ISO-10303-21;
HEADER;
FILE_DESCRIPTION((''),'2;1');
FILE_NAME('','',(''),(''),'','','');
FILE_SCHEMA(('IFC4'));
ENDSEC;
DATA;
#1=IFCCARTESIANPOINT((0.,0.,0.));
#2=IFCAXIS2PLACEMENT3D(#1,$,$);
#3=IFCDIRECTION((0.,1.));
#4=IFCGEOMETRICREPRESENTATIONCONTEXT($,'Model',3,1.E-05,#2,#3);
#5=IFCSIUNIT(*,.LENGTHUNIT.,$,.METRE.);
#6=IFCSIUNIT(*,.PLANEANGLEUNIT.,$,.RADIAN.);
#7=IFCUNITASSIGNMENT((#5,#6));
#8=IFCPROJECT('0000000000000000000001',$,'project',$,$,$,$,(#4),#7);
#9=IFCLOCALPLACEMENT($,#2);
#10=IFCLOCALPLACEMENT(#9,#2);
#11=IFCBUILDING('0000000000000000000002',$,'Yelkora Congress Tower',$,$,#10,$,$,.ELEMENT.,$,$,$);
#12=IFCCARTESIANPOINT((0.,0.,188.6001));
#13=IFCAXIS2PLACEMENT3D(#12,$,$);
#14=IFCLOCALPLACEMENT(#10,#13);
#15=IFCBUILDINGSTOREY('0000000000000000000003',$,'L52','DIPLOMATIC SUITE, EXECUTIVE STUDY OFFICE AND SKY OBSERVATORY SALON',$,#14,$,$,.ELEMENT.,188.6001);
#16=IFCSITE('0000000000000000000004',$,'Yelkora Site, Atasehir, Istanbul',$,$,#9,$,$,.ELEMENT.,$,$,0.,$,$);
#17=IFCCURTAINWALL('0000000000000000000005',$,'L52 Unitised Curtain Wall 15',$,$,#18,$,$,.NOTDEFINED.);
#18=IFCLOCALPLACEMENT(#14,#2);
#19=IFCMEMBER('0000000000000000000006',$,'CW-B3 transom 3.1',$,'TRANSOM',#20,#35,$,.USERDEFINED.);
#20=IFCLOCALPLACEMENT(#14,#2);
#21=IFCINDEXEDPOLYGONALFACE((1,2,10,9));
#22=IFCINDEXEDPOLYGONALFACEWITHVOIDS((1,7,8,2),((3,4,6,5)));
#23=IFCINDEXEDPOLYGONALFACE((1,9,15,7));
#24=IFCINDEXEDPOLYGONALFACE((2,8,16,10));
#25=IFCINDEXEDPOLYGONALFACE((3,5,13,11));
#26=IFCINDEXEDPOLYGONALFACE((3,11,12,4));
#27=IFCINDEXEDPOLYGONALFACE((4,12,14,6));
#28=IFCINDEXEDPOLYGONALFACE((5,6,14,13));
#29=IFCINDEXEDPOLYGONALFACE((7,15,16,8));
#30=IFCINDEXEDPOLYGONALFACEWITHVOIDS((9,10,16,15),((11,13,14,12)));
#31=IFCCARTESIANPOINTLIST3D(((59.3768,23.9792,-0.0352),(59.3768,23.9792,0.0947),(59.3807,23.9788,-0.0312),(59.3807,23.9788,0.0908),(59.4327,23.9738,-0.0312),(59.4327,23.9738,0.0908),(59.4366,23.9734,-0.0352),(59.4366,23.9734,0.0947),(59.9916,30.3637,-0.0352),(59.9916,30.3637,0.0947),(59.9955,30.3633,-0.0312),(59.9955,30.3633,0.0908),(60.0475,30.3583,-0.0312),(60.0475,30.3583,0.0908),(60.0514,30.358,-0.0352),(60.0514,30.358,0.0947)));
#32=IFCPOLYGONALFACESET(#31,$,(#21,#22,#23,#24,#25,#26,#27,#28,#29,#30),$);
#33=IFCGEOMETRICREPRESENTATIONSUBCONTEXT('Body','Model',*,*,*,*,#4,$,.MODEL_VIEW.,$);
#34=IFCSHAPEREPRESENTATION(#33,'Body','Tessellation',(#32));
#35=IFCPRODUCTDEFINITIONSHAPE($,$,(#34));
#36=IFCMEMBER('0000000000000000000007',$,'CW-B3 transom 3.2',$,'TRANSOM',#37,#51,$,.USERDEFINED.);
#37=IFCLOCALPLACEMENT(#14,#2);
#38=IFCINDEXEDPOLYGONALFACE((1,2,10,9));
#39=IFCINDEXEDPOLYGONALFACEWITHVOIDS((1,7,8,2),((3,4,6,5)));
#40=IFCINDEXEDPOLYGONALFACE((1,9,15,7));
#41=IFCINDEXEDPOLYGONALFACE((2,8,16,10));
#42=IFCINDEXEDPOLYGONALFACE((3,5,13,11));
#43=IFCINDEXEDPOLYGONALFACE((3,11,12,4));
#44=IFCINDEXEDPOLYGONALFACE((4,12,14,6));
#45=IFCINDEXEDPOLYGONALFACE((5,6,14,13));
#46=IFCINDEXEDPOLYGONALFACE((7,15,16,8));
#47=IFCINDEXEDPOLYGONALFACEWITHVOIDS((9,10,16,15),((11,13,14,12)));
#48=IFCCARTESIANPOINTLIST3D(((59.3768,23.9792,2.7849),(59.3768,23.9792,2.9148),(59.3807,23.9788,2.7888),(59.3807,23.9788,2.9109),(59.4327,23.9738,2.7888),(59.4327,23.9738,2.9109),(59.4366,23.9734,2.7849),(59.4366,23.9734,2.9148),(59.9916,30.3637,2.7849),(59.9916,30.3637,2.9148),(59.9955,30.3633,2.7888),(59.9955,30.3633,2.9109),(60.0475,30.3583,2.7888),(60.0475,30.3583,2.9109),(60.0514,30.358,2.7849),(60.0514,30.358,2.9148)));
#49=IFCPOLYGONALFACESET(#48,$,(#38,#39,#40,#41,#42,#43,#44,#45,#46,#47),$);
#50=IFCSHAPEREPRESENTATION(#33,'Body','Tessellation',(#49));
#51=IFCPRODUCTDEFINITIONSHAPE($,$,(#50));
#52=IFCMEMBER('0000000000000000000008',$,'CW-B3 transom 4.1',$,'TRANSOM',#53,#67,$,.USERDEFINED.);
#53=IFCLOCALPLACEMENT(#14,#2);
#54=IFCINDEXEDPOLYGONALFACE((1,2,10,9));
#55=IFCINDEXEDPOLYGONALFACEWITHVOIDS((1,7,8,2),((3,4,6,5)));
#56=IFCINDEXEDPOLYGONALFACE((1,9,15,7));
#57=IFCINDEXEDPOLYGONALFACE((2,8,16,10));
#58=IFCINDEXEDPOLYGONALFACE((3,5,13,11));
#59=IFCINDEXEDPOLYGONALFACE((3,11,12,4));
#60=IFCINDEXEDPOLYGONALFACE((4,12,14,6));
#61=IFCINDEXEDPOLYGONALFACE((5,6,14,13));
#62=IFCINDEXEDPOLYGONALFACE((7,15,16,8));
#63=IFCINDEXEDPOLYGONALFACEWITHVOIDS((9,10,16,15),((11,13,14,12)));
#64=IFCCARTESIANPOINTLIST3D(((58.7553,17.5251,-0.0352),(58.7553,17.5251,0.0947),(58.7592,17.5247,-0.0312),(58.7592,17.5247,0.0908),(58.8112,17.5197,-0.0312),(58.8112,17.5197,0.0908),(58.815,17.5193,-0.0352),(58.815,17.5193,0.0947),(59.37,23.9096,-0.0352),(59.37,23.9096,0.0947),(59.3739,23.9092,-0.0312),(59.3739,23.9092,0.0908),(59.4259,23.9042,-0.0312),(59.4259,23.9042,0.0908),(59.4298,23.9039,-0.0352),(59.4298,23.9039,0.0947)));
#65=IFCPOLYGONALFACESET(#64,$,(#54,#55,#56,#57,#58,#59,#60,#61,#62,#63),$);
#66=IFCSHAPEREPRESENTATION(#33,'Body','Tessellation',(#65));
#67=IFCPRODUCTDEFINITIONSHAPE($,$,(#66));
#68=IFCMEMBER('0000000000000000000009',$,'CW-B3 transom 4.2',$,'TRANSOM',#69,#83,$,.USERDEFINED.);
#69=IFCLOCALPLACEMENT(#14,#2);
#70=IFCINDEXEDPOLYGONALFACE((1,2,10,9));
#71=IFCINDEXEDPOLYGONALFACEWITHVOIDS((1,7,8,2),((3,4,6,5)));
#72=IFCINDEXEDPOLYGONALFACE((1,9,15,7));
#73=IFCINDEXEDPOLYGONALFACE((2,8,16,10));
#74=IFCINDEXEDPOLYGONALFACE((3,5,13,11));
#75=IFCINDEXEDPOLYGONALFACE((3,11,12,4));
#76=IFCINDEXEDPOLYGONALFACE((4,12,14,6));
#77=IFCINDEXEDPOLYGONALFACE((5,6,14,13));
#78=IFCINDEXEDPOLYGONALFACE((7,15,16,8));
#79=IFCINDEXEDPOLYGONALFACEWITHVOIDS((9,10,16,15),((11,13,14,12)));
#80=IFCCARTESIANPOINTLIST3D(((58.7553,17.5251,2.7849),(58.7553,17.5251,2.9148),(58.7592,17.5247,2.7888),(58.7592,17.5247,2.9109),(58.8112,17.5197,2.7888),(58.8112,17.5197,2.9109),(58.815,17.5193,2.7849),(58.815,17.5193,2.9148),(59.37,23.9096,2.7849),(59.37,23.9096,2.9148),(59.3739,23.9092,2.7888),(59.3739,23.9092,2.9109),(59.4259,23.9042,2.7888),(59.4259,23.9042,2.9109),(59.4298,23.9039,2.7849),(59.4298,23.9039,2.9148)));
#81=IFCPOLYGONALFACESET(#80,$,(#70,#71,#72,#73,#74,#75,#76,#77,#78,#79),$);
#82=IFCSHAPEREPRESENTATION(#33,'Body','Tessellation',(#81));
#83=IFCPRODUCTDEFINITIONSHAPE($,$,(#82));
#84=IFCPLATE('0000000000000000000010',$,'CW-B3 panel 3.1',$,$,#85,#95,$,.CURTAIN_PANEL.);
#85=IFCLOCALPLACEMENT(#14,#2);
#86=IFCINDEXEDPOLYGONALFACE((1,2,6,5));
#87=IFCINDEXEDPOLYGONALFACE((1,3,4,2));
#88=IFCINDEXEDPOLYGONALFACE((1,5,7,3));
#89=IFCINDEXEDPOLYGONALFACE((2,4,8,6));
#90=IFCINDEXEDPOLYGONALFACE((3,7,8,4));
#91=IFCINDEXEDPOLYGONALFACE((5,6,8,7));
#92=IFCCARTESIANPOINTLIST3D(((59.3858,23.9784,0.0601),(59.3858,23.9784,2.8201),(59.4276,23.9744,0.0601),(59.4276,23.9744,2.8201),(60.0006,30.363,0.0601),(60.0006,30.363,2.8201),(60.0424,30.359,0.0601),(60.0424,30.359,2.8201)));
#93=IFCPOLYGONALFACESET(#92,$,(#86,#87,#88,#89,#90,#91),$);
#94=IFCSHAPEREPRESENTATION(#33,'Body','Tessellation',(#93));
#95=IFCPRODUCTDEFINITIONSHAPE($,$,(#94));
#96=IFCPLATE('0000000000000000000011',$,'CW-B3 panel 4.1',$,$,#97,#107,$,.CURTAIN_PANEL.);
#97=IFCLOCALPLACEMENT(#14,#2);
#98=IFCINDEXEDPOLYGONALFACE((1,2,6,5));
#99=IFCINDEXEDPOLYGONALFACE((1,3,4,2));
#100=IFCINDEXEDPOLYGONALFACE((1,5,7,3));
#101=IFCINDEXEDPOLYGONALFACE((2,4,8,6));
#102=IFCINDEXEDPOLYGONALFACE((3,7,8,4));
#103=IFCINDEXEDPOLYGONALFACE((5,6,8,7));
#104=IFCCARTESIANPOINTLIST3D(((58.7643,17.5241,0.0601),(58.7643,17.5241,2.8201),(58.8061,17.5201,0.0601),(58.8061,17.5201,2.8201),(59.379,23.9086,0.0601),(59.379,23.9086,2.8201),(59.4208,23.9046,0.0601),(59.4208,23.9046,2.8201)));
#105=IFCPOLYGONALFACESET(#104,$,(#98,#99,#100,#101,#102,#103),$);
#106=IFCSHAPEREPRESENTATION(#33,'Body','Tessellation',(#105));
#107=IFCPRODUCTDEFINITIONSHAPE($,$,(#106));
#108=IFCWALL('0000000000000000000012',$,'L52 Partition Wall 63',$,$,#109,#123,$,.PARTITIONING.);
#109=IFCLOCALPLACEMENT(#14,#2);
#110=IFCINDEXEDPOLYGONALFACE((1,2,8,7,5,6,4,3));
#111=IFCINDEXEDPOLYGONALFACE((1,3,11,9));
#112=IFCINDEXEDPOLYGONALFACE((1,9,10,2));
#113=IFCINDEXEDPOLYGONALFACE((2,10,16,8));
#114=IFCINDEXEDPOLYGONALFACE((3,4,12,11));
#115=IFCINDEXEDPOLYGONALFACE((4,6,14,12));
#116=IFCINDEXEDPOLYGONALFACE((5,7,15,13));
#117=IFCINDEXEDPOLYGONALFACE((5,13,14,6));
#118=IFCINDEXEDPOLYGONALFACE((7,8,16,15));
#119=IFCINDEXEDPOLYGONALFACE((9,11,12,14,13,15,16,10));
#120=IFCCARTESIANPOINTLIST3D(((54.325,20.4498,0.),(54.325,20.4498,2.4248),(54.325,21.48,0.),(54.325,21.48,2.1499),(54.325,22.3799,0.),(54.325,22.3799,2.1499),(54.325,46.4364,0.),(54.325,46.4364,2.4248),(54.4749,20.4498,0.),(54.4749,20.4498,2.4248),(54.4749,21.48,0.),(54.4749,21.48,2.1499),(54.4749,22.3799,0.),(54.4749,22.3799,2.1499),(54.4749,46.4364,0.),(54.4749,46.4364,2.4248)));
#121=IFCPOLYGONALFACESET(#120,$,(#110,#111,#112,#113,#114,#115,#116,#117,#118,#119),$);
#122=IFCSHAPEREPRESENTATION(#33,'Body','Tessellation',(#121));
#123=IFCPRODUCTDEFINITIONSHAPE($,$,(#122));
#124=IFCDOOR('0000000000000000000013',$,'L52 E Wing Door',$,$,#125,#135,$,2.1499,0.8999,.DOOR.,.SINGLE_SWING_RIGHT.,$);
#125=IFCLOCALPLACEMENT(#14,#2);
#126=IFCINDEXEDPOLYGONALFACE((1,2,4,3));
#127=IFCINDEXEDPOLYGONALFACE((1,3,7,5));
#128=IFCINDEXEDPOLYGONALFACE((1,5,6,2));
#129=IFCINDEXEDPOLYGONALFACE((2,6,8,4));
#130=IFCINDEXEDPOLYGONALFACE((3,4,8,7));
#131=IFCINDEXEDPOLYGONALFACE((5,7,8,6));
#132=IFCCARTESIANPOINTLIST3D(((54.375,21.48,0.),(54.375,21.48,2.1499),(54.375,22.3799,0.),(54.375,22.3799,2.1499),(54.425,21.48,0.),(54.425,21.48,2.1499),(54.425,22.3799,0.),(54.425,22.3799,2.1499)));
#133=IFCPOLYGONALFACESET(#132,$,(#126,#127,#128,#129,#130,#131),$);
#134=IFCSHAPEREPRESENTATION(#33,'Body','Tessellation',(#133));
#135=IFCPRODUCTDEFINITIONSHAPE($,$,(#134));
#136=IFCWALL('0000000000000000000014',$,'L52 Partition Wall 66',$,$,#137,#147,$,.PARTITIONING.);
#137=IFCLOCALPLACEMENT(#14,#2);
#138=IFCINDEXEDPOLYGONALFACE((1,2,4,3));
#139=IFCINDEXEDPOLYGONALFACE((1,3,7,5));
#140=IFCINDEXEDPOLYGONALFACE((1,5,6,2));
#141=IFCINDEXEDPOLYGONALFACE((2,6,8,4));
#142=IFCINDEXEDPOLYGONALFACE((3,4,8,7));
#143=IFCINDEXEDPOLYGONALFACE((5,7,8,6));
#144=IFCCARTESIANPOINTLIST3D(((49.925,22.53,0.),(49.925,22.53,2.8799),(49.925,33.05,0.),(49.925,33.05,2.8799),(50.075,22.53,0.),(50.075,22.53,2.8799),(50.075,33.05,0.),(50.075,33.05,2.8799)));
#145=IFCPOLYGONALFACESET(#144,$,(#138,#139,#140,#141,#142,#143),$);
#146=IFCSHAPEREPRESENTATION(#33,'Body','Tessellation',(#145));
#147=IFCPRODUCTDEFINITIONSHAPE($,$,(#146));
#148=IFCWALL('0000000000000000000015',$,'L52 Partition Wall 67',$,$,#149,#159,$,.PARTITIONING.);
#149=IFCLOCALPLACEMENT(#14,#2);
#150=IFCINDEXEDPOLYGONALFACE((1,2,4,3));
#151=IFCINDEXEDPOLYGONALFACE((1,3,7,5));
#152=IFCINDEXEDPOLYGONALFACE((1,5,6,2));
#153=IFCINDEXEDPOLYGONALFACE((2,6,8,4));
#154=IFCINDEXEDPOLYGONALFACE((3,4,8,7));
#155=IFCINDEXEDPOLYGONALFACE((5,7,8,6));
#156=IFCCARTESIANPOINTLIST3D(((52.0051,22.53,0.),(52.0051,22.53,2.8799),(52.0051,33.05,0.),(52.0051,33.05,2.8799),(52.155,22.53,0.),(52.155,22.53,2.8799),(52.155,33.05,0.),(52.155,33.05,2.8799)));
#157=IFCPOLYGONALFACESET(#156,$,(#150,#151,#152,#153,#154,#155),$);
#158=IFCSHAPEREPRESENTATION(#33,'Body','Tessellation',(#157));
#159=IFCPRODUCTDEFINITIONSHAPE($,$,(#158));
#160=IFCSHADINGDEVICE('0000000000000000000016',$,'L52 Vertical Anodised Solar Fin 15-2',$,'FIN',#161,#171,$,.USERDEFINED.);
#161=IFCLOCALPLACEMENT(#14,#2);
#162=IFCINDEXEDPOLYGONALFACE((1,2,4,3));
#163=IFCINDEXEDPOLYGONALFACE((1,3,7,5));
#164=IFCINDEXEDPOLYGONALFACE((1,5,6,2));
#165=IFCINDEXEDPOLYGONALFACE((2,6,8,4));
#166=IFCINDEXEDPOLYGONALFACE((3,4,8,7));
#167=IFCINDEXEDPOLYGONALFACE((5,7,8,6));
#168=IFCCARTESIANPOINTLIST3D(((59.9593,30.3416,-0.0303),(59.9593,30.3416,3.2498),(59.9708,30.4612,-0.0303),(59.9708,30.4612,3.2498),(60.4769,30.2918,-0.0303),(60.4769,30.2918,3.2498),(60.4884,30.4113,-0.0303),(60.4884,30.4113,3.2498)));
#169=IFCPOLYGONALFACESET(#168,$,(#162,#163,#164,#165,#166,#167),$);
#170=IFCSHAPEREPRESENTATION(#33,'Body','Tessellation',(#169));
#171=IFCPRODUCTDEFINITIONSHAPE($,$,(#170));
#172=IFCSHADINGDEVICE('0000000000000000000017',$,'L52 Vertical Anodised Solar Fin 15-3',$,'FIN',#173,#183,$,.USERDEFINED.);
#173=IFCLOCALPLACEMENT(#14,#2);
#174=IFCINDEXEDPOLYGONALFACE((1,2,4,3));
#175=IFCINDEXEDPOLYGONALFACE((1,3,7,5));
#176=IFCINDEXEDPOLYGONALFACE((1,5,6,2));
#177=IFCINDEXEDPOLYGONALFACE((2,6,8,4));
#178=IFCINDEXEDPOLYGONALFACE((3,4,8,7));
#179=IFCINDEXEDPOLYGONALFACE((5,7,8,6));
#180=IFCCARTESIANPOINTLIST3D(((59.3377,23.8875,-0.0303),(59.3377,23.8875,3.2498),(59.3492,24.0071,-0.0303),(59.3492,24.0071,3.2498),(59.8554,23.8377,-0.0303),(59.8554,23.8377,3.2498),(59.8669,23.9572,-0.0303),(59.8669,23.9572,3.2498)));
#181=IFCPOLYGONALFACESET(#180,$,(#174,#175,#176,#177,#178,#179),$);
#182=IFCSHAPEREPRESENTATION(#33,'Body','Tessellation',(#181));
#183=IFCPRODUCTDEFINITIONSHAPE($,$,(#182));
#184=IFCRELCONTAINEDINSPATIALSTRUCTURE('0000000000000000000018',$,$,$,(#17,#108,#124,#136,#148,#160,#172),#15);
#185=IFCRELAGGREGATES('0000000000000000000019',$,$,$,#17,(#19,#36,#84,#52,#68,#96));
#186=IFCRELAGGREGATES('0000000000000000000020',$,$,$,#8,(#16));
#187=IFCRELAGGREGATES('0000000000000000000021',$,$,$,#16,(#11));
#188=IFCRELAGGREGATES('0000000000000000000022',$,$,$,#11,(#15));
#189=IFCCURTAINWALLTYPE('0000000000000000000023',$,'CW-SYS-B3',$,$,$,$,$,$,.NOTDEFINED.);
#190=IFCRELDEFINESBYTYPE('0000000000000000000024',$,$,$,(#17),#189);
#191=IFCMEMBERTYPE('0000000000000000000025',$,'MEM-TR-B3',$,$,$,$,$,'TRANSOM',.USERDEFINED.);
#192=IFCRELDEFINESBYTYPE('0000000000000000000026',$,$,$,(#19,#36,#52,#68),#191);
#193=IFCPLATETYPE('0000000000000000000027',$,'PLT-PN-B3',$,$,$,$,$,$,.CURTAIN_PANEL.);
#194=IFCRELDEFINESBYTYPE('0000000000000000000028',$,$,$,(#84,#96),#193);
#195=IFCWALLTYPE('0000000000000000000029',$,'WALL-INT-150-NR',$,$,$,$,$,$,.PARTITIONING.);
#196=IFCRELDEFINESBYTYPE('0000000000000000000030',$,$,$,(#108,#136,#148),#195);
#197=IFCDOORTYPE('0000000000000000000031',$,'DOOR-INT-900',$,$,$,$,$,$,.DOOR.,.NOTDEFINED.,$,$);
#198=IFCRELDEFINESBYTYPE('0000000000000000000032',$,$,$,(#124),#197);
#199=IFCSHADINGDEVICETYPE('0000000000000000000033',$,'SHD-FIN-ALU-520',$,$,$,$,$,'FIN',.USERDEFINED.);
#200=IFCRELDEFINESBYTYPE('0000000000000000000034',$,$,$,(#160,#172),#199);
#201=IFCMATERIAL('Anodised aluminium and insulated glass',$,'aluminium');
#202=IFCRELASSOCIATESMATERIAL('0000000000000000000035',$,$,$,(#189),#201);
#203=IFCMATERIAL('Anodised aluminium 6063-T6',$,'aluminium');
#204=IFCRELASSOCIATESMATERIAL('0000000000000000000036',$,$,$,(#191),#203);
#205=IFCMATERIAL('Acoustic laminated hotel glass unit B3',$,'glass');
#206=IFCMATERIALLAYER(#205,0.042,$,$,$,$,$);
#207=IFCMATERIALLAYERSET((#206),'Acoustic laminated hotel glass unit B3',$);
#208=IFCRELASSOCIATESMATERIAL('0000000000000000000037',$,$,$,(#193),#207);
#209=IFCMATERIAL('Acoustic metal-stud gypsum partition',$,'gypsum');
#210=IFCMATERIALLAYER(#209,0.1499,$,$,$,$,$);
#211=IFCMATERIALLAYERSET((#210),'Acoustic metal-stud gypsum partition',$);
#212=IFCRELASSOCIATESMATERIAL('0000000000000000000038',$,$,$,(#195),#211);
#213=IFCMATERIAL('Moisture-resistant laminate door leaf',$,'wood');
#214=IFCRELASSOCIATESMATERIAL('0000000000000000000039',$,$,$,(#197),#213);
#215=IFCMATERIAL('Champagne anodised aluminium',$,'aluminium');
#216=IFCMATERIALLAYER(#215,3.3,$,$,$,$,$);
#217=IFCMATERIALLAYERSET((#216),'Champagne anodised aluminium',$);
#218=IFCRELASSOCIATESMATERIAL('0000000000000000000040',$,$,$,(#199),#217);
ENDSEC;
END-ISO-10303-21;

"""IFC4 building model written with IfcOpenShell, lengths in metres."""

from ifc_helpers import new_model, si_unit, direction, frame, frame_2d, origin, origin_2d, place, context, subcontext, project, spatial, rectangle, hollow_rectangle, extrude, material, layer, layer_set, material_profile, profile_set, type_object, element, fill, aggregate, save


model = new_model("IFC4")

# Units and contexts
model_context = context("Model", 3, precision=1e-05, world=origin(), true_north=direction((0.0, 1.0)))
body_context = subcontext(model_context, "Body", "Model", "MODEL_VIEW")
ifc_project = project(units=[si_unit("LENGTHUNIT", "METRE"), si_unit("PLANEANGLEUNIT", "RADIAN")], contexts=[model_context])

# Site, building, storey
site_placement = place(None, origin())
site = spatial("IfcSite", under=ifc_project, at=site_placement, Name="Yelkora Site, Atasehir, Istanbul", CompositionType="ELEMENT", RefElevation=0.0)
building_placement = place(site_placement, origin())
building = spatial("IfcBuilding", under=site, at=building_placement, Name="Yelkora Congress Tower", CompositionType="ELEMENT")
storey_placement = place(building_placement, frame((0.0, 0.0, 188.6001)))
storey = spatial("IfcBuildingStorey", under=building, at=storey_placement, Name="L52", Description="DIPLOMATIC SUITE, EXECUTIVE STUDY OFFICE AND SKY OBSERVATORY SALON", CompositionType="ELEMENT", Elevation=188.6001)

# Curtain wall, members, plates
ifc_material_1 = material(Name="Anodised aluminium and insulated glass", Category="aluminium")
curtain_wall_type = type_object("IfcCurtainWallType", Name="CW-SYS-B3", PredefinedType="NOTDEFINED", material=ifc_material_1)
curtain_wall_placement = place(storey_placement, origin())
curtain_wall = element("IfcCurtainWall", 1, at=curtain_wall_placement, inside=storey, type_object=curtain_wall_type, Name="L52 Unitised Curtain Wall 15", PredefinedType="NOTDEFINED")
ifc_material_2 = material(Name="Anodised aluminium 6063-T6", Category="aluminium")
ifc_material_profile_1 = material_profile(ifc_material_2, hollow_rectangle(XDim=0.0601, YDim=0.1299, WallThickness=0.0039, at=origin_2d()), Name="ALU 60x130x4")
ifc_profile_set_1 = profile_set([ifc_material_profile_1], Name="Anodised aluminium 6063-T6")
member_type_1 = type_object("IfcMemberType", Name="MEM-TR-B3", ElementType="TRANSOM", PredefinedType="USERDEFINED", material=ifc_profile_set_1)
member_1_placement = place(storey_placement, frame((60.0215, 30.3608, 0.0298), z_axis=(-0.095844, -0.995396, 0.0), x_axis=(0.995396, -0.095844, 0.0)))
member_1 = element("IfcMember", 2, at=member_1_placement, type_object=member_type_1, Name="CW-B3 transom 3.1", ObjectType="TRANSOM", PredefinedType="USERDEFINED", context=body_context, shape_type="SweptSolid", body=[
    extrude(hollow_rectangle(XDim=0.0601, YDim=0.1299, WallThickness=0.0039, at=origin_2d()), origin(), (0.0, 0.0, 1.0), 6.4141),
])
member_2_placement = place(storey_placement, frame((60.0215, 30.3608, 2.8499), z_axis=(-0.095844, -0.995396, 0.0), x_axis=(0.995396, -0.095844, 0.0)))
member_2 = element("IfcMember", 3, at=member_2_placement, type_object=member_type_1, Name="CW-B3 transom 3.2", ObjectType="TRANSOM", PredefinedType="USERDEFINED", context=body_context, shape_type="SweptSolid", body=[
    extrude(hollow_rectangle(XDim=0.0601, YDim=0.1299, WallThickness=0.0039, at=origin_2d()), origin(), (0.0, 0.0, 1.0), 6.4141),
])
member_3_placement = place(storey_placement, frame((59.3999, 23.9067, 0.0298), z_axis=(-0.095844, -0.995396, 0.0), x_axis=(0.995396, -0.095844, 0.0)))
member_3 = element("IfcMember", 4, at=member_3_placement, type_object=member_type_1, Name="CW-B3 transom 4.1", ObjectType="TRANSOM", PredefinedType="USERDEFINED", context=body_context, shape_type="SweptSolid", body=[
    extrude(hollow_rectangle(XDim=0.0601, YDim=0.1299, WallThickness=0.0039, at=origin_2d()), origin(), (0.0, 0.0, 1.0), 6.4141),
])
member_4_placement = place(storey_placement, frame((59.3999, 23.9067, 2.8499), z_axis=(-0.095844, -0.995396, 0.0), x_axis=(0.995396, -0.095844, 0.0)))
member_4 = element("IfcMember", 5, at=member_4_placement, type_object=member_type_1, Name="CW-B3 transom 4.2", ObjectType="TRANSOM", PredefinedType="USERDEFINED", context=body_context, shape_type="SweptSolid", body=[
    extrude(hollow_rectangle(XDim=0.0601, YDim=0.1299, WallThickness=0.0039, at=origin_2d()), origin(), (0.0, 0.0, 1.0), 6.4141),
])
ifc_material_3 = material(Name="Acoustic laminated hotel glass unit B3", Category="glass")
ifc_layer_1 = layer(ifc_material_3, 0.042)
ifc_layer_set_1 = layer_set([ifc_layer_1], Name="Acoustic laminated hotel glass unit B3")
plate_type = type_object("IfcPlateType", Name="PLT-PN-B3", PredefinedType="CURTAIN_PANEL", material=ifc_layer_set_1)
plate_1_placement = place(storey_placement, frame((59.7141, 27.1687, 0.0601), z_axis=(0.0, 0.0, 1.0), x_axis=(-0.095842, -0.995397, 0.0)))
plate_1 = element("IfcPlate", 6, at=plate_1_placement, type_object=plate_type, Name="CW-B3 panel 3.1", PredefinedType="CURTAIN_PANEL", context=body_context, shape_type="SweptSolid", body=[
    extrude(rectangle(XDim=6.4141, YDim=0.042, at=origin_2d()), origin(), (0.0, 0.0, 1.0), 2.76),
])
plate_2_placement = place(storey_placement, frame((59.0925, 20.7144, 0.0601), z_axis=(0.0, 0.0, 1.0), x_axis=(-0.095842, -0.995397, 0.0)))
plate_2 = element("IfcPlate", 7, at=plate_2_placement, type_object=plate_type, Name="CW-B3 panel 4.1", PredefinedType="CURTAIN_PANEL", context=body_context, shape_type="SweptSolid", body=[
    extrude(rectangle(XDim=6.4141, YDim=0.042, at=origin_2d()), origin(), (0.0, 0.0, 1.0), 2.76),
])
aggregate(curtain_wall, [member_1, member_2, plate_1, member_3, member_4, plate_2])

# Wall, opening, door
ifc_material_4 = material(Name="Acoustic metal-stud gypsum partition", Category="gypsum")
ifc_layer_2 = layer(ifc_material_4, 0.1499)
ifc_layer_set_2 = layer_set([ifc_layer_2], Name="Acoustic metal-stud gypsum partition")
wall_type = type_object("IfcWallType", Name="WALL-INT-150-NR", PredefinedType="PARTITIONING", material=ifc_layer_set_2)
wall_1_placement = place(storey_placement, frame((54.3999, 20.45, 0.0), z_axis=(0.0, 0.0, 1.0), x_axis=(0.0, 1.0, 0.0)))
wall_1 = element("IfcWall", 8, at=wall_1_placement, inside=storey, type_object=wall_type, Name="L52 Partition Wall 63", PredefinedType="PARTITIONING", context=body_context, shape_type="SweptSolid", body=[
    extrude(rectangle(XDim=25.9866, YDim=0.1499, at=frame_2d((12.9932, 0.0))), origin(), (0.0, 0.0, 1.0), 2.4248),
])
opening_1_placement = place(wall_1_placement, frame((1.03, 0.0, 0.0)))
opening_1 = element("IfcOpeningElement", 9, at=opening_1_placement, cuts=wall_1, PredefinedType="OPENING", context=body_context, shape_type="SweptSolid", body=[
    extrude(rectangle(XDim=0.8999, YDim=2.1499, at=frame_2d((0.45, 1.075))), frame((0.0, 0.085, 0.0), z_axis=(0.0, -1.0, 0.0), x_axis=(1.0, 0.0, 0.0)), (0.0, 0.0, 1.0), 0.1699),
])
ifc_material_5 = material(Name="Moisture-resistant laminate door leaf", Category="wood")
door_type = type_object("IfcDoorType", Name="DOOR-INT-900", OperationType="NOTDEFINED", PredefinedType="DOOR", material=ifc_material_5)
door_1_placement = place(opening_1_placement, origin())
door_1 = element("IfcDoor", 10, at=door_1_placement, inside=storey, type_object=door_type, Name="L52 E Wing Door", OperationType="SINGLE_SWING_RIGHT", OverallHeight=2.1499, OverallWidth=0.8999, PredefinedType="DOOR", context=body_context, shape_type="SweptSolid", body=[
    extrude(rectangle(XDim=0.8999, YDim=2.1499, at=frame_2d((0.45, 1.075))), frame((0.0, 0.0249, 0.0), z_axis=(0.0, -1.0, 0.0), x_axis=(1.0, 0.0, 0.0)), (0.0, 0.0, 1.0), 0.05),
])
fill(opening_1, door_1)

# Walls
for number, where, z_axis, x_axis, name in (
    (11, (50.0, 22.53, 0.0), (0.0, 0.0, 1.0), (0.0, 1.0, 0.0), "L52 Partition Wall 66"),
    (12, (52.0801, 22.53, 0.0), (0.0, 0.0, 1.0), (0.0, 1.0, 0.0), "L52 Partition Wall 67"),
):
    element("IfcWall", number, at=place(storey_placement, frame(where, z_axis=z_axis, x_axis=x_axis)), inside=storey, type_object=wall_type, Name=name, PredefinedType="PARTITIONING", context=body_context, shape_type="SweptSolid", body=[
        extrude(rectangle(XDim=10.52, YDim=0.1499, at=frame_2d((5.26, 0.0))), origin(), (0.0, 0.0, 1.0), 2.8799),
    ])

# Shading devices
ifc_material_6 = material(Name="Champagne anodised aluminium", Category="aluminium")
ifc_layer_3 = layer(ifc_material_6, 3.3)
ifc_layer_set_3 = layer_set([ifc_layer_3], Name="Champagne anodised aluminium")
shading_device_type = type_object("IfcShadingDeviceType", Name="SHD-FIN-ALU-520", ElementType="FIN", PredefinedType="USERDEFINED", material=ifc_layer_set_3)
for number, where, z_axis, x_axis, name in (
    (13, (60.2239, 30.3765, -0.0303), (0.0, 0.0, 1.0), (-0.095846, -0.995396, 0.0), "L52 Vertical Anodised Solar Fin 15-2"),
    (14, (59.6023, 23.9224, -0.0303), (0.0, 0.0, 1.0), (-0.095846, -0.995396, 0.0), "L52 Vertical Anodised Solar Fin 15-3"),
):
    element("IfcShadingDevice", number, at=place(storey_placement, frame(where, z_axis=z_axis, x_axis=x_axis)), inside=storey, type_object=shading_device_type, Name=name, ObjectType="FIN", PredefinedType="USERDEFINED", context=body_context, shape_type="SweptSolid", body=[
        extrude(rectangle(XDim=0.1201, YDim=0.52, at=origin_2d()), origin(), (0.0, 0.0, 1.0), 3.28),
    ])

save(model, "model.ifc")
